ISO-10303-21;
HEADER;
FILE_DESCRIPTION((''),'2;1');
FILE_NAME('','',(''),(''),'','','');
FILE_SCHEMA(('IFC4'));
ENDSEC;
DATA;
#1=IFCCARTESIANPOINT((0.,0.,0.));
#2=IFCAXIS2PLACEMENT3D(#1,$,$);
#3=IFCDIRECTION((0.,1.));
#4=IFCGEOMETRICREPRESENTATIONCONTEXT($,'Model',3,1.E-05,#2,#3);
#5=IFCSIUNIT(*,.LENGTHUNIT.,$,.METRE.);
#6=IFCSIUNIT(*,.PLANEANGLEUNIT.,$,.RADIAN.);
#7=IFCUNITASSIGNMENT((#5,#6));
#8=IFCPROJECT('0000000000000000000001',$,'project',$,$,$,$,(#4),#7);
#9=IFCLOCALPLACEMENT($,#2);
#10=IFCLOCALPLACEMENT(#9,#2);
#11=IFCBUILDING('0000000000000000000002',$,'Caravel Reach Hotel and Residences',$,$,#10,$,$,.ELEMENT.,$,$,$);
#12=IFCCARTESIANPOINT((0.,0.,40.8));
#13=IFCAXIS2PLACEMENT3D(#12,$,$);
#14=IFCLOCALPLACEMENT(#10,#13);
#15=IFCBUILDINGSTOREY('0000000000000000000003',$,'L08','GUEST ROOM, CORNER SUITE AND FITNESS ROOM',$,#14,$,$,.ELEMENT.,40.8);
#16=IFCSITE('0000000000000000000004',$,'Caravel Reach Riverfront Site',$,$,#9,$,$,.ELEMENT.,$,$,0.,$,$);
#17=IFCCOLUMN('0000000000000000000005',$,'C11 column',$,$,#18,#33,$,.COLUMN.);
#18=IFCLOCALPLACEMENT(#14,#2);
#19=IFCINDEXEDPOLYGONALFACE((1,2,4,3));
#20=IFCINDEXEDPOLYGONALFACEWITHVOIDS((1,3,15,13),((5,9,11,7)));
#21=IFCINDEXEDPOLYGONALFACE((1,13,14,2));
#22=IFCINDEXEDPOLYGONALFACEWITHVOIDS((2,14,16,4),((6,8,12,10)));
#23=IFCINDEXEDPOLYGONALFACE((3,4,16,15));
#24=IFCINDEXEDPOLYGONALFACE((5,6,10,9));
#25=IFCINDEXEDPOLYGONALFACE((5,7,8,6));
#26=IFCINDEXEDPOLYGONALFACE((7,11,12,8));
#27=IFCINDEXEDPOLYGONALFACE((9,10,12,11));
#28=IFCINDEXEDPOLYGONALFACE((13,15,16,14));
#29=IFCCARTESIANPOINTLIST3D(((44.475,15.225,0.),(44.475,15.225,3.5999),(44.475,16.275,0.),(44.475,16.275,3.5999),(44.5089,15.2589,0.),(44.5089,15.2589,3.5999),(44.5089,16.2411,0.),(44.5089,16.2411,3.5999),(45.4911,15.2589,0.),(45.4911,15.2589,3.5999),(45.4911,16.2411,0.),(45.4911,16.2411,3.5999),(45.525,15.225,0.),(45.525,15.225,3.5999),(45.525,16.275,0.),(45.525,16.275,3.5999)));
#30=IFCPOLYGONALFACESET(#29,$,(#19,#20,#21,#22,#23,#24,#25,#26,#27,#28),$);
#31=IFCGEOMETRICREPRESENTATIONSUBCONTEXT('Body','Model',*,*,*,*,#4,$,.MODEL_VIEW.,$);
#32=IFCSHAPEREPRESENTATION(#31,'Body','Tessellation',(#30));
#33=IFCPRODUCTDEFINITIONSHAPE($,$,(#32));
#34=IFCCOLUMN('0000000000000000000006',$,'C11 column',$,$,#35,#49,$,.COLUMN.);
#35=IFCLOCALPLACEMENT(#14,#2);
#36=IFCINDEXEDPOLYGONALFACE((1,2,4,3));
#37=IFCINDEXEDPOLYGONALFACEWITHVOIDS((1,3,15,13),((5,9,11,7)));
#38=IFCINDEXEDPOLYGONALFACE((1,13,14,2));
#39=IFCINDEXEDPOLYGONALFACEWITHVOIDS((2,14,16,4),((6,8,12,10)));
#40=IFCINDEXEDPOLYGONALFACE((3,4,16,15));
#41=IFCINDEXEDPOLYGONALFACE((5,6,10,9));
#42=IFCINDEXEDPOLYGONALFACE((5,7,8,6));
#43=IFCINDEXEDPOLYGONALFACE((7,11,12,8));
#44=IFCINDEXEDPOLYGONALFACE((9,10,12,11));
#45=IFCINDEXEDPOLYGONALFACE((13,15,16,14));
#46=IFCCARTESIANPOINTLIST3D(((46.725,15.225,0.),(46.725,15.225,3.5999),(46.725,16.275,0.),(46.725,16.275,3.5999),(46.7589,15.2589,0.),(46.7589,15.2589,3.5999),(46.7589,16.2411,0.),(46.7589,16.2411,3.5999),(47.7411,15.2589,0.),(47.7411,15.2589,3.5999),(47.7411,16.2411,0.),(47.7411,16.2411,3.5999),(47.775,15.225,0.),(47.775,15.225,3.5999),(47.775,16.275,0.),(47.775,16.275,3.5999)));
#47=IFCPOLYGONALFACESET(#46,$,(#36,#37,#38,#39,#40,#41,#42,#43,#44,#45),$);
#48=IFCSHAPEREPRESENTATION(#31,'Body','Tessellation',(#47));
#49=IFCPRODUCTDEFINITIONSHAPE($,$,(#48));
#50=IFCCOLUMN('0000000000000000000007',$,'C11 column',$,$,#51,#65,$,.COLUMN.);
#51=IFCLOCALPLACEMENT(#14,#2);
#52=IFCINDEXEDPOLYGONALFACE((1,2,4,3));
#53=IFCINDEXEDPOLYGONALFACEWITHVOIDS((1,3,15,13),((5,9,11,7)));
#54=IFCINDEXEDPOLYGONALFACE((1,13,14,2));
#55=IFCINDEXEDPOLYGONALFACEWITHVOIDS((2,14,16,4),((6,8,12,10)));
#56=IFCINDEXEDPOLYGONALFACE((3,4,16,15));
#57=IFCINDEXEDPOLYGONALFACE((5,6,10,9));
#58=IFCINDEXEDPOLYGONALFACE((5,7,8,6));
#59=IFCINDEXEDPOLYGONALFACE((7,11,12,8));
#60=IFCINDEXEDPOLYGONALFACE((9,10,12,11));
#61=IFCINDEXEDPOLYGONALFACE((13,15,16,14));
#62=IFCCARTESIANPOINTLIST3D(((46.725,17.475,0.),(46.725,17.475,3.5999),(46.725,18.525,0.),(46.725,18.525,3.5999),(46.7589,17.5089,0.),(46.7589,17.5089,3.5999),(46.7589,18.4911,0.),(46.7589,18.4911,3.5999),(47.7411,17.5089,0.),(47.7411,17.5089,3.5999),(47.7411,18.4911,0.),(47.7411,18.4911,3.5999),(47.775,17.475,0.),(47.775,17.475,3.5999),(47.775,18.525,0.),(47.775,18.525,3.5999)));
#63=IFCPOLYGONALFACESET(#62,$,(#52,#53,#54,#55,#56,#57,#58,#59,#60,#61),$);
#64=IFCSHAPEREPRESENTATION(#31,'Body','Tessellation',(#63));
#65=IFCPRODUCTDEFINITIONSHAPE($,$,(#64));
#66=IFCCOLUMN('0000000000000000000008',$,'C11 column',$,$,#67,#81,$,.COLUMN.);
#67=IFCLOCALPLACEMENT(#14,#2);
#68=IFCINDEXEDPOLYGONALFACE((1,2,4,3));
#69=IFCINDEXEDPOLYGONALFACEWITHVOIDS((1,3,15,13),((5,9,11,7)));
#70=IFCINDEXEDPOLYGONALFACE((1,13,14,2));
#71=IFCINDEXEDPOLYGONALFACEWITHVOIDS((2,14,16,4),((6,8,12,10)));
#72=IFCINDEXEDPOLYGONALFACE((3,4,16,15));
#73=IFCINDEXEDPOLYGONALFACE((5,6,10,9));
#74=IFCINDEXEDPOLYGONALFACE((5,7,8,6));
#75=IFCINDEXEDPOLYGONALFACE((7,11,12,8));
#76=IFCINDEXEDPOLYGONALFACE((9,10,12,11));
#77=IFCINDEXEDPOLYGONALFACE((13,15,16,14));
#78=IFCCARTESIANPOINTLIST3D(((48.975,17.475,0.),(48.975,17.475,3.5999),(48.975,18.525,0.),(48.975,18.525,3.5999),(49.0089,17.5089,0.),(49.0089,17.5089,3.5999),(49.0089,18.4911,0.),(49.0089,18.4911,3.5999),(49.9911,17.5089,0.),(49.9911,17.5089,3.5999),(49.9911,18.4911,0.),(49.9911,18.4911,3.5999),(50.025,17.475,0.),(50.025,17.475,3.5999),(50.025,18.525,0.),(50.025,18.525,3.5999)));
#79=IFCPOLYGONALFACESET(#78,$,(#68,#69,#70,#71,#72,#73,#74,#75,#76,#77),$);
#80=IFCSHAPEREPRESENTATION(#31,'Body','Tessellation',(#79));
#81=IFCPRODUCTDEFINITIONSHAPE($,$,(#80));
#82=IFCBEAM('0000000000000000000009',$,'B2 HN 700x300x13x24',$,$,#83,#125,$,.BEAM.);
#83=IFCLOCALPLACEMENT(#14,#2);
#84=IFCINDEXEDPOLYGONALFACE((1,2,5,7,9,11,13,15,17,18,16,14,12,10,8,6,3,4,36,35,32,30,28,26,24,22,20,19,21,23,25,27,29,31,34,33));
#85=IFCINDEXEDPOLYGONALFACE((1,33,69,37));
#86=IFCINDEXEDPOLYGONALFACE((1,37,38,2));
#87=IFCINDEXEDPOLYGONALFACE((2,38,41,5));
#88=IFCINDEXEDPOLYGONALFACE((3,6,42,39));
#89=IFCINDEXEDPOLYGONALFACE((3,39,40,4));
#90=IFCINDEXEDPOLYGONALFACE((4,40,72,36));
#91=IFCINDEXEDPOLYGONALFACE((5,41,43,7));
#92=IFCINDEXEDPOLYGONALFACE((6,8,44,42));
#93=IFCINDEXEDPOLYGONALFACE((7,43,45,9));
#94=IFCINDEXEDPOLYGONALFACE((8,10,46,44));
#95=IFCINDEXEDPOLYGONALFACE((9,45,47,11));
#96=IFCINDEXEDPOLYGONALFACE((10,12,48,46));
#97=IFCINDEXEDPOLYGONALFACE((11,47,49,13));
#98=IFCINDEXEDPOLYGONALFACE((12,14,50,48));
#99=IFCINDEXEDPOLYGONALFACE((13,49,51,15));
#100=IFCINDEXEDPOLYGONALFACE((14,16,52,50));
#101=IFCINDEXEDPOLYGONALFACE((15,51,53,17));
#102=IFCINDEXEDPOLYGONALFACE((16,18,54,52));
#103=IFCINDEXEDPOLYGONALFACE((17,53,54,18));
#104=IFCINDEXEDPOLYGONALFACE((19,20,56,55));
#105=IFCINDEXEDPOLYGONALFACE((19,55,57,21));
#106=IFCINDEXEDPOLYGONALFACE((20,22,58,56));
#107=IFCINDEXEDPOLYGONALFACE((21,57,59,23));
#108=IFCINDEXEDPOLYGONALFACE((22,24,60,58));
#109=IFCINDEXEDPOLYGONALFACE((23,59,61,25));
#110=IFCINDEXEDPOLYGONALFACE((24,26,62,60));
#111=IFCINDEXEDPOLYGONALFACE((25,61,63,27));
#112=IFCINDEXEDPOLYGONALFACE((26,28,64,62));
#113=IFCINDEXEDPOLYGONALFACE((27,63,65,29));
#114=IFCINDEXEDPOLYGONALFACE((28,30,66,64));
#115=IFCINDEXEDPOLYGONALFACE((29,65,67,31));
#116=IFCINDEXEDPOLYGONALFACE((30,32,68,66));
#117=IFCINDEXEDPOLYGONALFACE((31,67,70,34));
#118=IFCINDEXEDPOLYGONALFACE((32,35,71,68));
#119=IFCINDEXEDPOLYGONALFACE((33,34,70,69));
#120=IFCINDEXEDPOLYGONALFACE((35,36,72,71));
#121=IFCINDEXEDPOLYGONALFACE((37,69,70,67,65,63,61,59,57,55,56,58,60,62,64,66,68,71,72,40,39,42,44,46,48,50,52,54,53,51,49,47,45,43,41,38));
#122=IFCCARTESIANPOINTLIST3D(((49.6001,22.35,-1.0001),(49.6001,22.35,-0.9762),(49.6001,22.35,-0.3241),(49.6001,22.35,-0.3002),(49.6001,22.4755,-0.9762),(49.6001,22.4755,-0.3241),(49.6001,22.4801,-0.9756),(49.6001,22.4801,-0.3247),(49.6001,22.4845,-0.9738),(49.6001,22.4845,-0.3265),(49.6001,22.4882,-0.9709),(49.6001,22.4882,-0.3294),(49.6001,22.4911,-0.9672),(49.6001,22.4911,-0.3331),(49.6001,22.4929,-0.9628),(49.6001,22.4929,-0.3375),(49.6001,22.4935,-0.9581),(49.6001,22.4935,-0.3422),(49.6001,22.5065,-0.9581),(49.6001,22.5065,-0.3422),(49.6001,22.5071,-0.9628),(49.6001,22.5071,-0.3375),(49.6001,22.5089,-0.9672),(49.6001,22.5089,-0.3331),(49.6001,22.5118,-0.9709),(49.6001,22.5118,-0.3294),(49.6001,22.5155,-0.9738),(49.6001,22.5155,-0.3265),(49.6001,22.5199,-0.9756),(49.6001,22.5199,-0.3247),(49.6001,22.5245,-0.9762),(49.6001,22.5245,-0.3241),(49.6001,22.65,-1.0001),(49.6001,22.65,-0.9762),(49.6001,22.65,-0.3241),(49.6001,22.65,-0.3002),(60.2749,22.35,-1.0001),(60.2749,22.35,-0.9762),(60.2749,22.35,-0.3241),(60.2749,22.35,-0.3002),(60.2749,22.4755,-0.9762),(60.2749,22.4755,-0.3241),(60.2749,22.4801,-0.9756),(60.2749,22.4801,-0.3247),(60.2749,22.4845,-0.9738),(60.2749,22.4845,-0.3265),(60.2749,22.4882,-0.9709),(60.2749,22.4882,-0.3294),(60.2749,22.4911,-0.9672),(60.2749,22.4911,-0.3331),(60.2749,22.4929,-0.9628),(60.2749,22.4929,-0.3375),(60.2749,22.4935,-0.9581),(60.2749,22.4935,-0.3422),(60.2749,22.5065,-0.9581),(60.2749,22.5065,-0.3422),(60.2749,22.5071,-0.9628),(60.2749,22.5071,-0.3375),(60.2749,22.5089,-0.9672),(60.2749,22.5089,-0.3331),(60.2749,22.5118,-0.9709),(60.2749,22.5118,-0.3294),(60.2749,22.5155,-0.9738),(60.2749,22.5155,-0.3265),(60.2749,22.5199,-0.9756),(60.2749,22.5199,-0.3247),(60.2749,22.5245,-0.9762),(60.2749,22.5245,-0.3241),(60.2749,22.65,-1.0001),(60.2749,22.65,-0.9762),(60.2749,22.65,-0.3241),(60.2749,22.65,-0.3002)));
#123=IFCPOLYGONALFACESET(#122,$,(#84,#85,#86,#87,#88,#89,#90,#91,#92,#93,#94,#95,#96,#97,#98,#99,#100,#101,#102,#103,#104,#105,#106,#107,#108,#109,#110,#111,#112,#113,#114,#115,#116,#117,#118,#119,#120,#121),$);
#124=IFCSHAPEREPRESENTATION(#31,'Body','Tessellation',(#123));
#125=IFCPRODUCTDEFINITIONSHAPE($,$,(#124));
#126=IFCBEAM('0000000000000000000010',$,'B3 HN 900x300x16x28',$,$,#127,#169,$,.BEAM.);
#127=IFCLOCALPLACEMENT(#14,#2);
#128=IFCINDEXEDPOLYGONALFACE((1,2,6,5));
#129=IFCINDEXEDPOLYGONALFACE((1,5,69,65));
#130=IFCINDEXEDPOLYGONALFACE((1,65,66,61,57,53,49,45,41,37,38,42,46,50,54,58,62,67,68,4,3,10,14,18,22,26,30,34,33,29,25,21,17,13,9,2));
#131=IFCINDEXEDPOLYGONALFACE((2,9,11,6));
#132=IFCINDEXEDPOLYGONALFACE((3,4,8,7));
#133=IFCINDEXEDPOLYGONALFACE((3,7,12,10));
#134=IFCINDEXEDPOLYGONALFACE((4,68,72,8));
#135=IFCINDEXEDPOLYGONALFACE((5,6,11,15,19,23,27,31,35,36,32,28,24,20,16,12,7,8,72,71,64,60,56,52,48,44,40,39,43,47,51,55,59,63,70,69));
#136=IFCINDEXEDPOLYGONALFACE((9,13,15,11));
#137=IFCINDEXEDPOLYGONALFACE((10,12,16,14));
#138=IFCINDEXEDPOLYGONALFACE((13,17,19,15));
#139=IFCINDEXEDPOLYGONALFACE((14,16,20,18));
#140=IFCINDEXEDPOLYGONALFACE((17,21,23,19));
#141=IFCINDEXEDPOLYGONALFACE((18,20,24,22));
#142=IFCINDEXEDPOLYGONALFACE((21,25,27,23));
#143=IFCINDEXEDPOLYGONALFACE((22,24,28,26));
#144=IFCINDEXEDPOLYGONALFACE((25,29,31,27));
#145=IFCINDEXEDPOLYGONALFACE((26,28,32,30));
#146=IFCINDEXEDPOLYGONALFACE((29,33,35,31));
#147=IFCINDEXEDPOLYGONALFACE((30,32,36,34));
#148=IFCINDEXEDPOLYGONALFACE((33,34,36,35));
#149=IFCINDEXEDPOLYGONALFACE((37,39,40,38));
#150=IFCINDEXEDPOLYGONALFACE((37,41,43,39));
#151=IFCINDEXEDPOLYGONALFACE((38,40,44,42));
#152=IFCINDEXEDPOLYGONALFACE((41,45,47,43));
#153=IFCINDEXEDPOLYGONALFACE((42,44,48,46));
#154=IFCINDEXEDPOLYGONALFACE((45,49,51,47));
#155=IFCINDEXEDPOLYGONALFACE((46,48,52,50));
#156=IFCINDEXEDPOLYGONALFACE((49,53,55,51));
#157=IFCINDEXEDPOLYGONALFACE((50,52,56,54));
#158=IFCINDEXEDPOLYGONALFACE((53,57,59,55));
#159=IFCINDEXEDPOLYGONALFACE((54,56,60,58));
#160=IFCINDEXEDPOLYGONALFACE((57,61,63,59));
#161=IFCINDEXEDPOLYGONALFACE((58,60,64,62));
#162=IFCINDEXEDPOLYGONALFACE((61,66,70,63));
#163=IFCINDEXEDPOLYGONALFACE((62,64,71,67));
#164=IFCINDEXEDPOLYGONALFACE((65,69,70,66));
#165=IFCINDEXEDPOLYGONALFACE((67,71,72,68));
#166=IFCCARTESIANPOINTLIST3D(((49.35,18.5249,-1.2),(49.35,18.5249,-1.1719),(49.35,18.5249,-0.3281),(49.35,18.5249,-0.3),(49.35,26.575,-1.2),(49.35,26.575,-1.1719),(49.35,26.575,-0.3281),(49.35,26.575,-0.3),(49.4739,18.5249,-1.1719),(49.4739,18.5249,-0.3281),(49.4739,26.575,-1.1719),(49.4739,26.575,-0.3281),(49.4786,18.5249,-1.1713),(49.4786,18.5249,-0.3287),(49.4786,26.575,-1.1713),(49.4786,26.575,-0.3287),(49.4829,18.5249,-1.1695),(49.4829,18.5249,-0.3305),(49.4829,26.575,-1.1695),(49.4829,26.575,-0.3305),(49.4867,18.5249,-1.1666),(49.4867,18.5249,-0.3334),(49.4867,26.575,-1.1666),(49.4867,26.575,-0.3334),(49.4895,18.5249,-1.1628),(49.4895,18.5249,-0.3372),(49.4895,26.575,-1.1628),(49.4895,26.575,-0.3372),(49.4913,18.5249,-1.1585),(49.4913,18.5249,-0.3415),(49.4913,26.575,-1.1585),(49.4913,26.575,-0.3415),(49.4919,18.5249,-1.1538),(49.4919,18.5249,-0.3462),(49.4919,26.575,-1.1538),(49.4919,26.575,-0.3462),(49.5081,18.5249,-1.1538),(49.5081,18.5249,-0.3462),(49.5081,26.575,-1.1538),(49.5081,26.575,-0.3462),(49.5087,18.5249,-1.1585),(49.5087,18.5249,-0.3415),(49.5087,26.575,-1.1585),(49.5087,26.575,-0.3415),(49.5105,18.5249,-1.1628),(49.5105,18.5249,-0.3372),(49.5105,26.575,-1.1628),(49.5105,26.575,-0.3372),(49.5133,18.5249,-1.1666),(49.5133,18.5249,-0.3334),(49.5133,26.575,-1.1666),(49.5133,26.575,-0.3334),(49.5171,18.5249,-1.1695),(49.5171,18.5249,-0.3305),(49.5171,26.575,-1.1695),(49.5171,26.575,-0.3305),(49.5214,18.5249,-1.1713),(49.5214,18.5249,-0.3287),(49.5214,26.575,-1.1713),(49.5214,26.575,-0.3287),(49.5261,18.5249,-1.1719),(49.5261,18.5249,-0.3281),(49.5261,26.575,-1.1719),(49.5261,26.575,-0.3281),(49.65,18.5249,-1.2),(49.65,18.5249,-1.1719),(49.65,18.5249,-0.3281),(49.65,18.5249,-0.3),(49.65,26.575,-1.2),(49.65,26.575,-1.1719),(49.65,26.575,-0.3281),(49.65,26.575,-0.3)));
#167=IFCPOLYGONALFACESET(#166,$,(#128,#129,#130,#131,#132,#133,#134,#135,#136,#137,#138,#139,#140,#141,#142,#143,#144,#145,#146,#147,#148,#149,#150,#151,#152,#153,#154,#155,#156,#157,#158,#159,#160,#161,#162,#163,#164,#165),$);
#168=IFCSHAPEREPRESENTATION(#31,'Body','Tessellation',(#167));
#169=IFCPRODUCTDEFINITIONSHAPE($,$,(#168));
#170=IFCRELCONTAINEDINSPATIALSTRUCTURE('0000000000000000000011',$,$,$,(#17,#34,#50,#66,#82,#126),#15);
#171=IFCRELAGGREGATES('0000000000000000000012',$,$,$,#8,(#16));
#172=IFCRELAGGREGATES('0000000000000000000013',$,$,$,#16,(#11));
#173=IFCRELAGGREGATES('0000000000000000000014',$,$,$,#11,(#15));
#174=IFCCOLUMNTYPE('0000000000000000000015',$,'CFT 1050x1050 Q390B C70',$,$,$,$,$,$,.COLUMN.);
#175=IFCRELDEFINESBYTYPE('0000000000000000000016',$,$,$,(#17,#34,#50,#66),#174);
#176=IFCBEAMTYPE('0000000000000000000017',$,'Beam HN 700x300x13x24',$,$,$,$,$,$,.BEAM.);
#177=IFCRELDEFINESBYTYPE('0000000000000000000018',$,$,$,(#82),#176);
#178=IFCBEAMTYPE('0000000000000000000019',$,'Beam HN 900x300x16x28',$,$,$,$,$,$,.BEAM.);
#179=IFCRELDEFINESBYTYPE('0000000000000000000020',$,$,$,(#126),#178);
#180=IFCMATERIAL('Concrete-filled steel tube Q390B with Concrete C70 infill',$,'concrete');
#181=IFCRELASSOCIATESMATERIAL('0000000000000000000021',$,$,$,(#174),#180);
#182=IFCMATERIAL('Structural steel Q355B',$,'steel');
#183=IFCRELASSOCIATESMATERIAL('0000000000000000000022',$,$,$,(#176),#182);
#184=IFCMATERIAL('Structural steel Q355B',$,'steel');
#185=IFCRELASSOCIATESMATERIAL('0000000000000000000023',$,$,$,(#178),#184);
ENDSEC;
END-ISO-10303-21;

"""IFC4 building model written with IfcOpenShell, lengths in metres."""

from ifc_helpers import new_model, si_unit, direction, frame, origin, origin_2d, place, context, subcontext, project, spatial, hollow_rectangle, i_section, extrude, material, material_profile, profile_set, type_object, element, save


model = new_model("IFC4")

# Units and contexts
model_context = context("Model", 3, precision=1e-05, world=origin(), true_north=direction((0.0, 1.0)))
body_context = subcontext(model_context, "Body", "Model", "MODEL_VIEW")
ifc_project = project(units=[si_unit("LENGTHUNIT", "METRE"), si_unit("PLANEANGLEUNIT", "RADIAN")], contexts=[model_context])

# Site, building, storey
site_placement = place(None, origin())
site = spatial("IfcSite", under=ifc_project, at=site_placement, Name="Caravel Reach Riverfront Site", CompositionType="ELEMENT", RefElevation=0.0)
building_placement = place(site_placement, origin())
building = spatial("IfcBuilding", under=site, at=building_placement, Name="Caravel Reach Hotel and Residences", CompositionType="ELEMENT")
storey_placement = place(building_placement, frame((0.0, 0.0, 40.8)))
storey = spatial("IfcBuildingStorey", under=building, at=storey_placement, Name="L08", Description="GUEST ROOM, CORNER SUITE AND FITNESS ROOM", CompositionType="ELEMENT", Elevation=40.8)

# Columns
ifc_material_1 = material(Name="Concrete-filled steel tube Q390B with Concrete C70 infill", Category="concrete")
ifc_material_profile_1 = material_profile(ifc_material_1, hollow_rectangle(XDim=1.05, YDim=1.05, WallThickness=0.0339, at=origin_2d()), Name="RHS 1050x1050x34")
ifc_profile_set_1 = profile_set([ifc_material_profile_1], Name="Concrete-filled steel tube Q390B with Concrete C70 infill")
column_type = type_object("IfcColumnType", Name="CFT 1050x1050 Q390B C70", PredefinedType="COLUMN", material=ifc_profile_set_1)
for number, where, z_axis, x_axis, name in (
    (1, (45.0, 15.75, 0.0), (0.0, 0.0, 1.0), (1.0, 0.0, 0.0), "C11 column"),
    (2, (47.25, 15.75, 0.0), (0.0, 0.0, 1.0), (1.0, 0.0, 0.0), "C11 column"),
    (3, (47.25, 18.0, 0.0), (0.0, 0.0, 1.0), (1.0, 0.0, 0.0), "C11 column"),
    (4, (49.5, 18.0, 0.0), (0.0, 0.0, 1.0), (1.0, 0.0, 0.0), "C11 column"),
):
    element("IfcColumn", number, at=place(storey_placement, frame(where, z_axis=z_axis, x_axis=x_axis)), inside=storey, type_object=column_type, Name=name, PredefinedType="COLUMN", context=body_context, shape_type="SweptSolid", body=[
        extrude(hollow_rectangle(XDim=1.05, YDim=1.05, WallThickness=0.0339, at=origin_2d()), origin(), (0.0, 0.0, 1.0), 3.5999),
    ])

# Beams
ifc_material_2 = material(Name="Structural steel Q355B", Category="steel")
ifc_material_profile_2 = material_profile(ifc_material_2, i_section(OverallWidth=0.3, OverallDepth=0.7, WebThickness=0.0129, FlangeThickness=0.0239, FilletRadius=0.0181, at=origin_2d()), Name="HN 700x300x13x24")
ifc_profile_set_2 = profile_set([ifc_material_profile_2], Name="Structural steel Q355B")
beam_type_1 = type_object("IfcBeamType", Name="Beam HN 700x300x13x24", PredefinedType="BEAM", material=ifc_profile_set_2)
beam_1_placement = place(storey_placement, frame((49.6001, 22.5, -0.6501), z_axis=(1.0, 0.0, 0.0), x_axis=(0.0, 1.0, 0.0)))
element("IfcBeam", 5, at=beam_1_placement, inside=storey, type_object=beam_type_1, Name="B2 HN 700x300x13x24", PredefinedType="BEAM", context=body_context, shape_type="SweptSolid", body=[
    extrude(i_section(OverallWidth=0.3, OverallDepth=0.7, WebThickness=0.0129, FlangeThickness=0.0239, FilletRadius=0.0181, at=origin_2d()), origin(), (0.0, 0.0, 1.0), 10.6748),
])
ifc_material_3 = material(Name="Structural steel Q355B", Category="steel")
ifc_material_profile_3 = material_profile(ifc_material_3, i_section(OverallWidth=0.3, OverallDepth=0.8999, WebThickness=0.0161, FlangeThickness=0.0281, FilletRadius=0.0181, at=origin_2d()), Name="HN 900x300x16x28")
ifc_profile_set_3 = profile_set([ifc_material_profile_3], Name="Structural steel Q355B")
beam_type_2 = type_object("IfcBeamType", Name="Beam HN 900x300x16x28", PredefinedType="BEAM", material=ifc_profile_set_3)
beam_2_placement = place(storey_placement, frame((49.5, 18.5249, -0.75), z_axis=(0.0, 1.0, 0.0), x_axis=(-1.0, 0.0, 0.0)))
element("IfcBeam", 6, at=beam_2_placement, inside=storey, type_object=beam_type_2, Name="B3 HN 900x300x16x28", PredefinedType="BEAM", context=body_context, shape_type="SweptSolid", body=[
    extrude(i_section(OverallWidth=0.3, OverallDepth=0.8999, WebThickness=0.0161, FlangeThickness=0.0281, FilletRadius=0.0181, at=origin_2d()), origin(), (0.0, 0.0, 1.0), 8.05),
])

save(model, "model.ifc")
